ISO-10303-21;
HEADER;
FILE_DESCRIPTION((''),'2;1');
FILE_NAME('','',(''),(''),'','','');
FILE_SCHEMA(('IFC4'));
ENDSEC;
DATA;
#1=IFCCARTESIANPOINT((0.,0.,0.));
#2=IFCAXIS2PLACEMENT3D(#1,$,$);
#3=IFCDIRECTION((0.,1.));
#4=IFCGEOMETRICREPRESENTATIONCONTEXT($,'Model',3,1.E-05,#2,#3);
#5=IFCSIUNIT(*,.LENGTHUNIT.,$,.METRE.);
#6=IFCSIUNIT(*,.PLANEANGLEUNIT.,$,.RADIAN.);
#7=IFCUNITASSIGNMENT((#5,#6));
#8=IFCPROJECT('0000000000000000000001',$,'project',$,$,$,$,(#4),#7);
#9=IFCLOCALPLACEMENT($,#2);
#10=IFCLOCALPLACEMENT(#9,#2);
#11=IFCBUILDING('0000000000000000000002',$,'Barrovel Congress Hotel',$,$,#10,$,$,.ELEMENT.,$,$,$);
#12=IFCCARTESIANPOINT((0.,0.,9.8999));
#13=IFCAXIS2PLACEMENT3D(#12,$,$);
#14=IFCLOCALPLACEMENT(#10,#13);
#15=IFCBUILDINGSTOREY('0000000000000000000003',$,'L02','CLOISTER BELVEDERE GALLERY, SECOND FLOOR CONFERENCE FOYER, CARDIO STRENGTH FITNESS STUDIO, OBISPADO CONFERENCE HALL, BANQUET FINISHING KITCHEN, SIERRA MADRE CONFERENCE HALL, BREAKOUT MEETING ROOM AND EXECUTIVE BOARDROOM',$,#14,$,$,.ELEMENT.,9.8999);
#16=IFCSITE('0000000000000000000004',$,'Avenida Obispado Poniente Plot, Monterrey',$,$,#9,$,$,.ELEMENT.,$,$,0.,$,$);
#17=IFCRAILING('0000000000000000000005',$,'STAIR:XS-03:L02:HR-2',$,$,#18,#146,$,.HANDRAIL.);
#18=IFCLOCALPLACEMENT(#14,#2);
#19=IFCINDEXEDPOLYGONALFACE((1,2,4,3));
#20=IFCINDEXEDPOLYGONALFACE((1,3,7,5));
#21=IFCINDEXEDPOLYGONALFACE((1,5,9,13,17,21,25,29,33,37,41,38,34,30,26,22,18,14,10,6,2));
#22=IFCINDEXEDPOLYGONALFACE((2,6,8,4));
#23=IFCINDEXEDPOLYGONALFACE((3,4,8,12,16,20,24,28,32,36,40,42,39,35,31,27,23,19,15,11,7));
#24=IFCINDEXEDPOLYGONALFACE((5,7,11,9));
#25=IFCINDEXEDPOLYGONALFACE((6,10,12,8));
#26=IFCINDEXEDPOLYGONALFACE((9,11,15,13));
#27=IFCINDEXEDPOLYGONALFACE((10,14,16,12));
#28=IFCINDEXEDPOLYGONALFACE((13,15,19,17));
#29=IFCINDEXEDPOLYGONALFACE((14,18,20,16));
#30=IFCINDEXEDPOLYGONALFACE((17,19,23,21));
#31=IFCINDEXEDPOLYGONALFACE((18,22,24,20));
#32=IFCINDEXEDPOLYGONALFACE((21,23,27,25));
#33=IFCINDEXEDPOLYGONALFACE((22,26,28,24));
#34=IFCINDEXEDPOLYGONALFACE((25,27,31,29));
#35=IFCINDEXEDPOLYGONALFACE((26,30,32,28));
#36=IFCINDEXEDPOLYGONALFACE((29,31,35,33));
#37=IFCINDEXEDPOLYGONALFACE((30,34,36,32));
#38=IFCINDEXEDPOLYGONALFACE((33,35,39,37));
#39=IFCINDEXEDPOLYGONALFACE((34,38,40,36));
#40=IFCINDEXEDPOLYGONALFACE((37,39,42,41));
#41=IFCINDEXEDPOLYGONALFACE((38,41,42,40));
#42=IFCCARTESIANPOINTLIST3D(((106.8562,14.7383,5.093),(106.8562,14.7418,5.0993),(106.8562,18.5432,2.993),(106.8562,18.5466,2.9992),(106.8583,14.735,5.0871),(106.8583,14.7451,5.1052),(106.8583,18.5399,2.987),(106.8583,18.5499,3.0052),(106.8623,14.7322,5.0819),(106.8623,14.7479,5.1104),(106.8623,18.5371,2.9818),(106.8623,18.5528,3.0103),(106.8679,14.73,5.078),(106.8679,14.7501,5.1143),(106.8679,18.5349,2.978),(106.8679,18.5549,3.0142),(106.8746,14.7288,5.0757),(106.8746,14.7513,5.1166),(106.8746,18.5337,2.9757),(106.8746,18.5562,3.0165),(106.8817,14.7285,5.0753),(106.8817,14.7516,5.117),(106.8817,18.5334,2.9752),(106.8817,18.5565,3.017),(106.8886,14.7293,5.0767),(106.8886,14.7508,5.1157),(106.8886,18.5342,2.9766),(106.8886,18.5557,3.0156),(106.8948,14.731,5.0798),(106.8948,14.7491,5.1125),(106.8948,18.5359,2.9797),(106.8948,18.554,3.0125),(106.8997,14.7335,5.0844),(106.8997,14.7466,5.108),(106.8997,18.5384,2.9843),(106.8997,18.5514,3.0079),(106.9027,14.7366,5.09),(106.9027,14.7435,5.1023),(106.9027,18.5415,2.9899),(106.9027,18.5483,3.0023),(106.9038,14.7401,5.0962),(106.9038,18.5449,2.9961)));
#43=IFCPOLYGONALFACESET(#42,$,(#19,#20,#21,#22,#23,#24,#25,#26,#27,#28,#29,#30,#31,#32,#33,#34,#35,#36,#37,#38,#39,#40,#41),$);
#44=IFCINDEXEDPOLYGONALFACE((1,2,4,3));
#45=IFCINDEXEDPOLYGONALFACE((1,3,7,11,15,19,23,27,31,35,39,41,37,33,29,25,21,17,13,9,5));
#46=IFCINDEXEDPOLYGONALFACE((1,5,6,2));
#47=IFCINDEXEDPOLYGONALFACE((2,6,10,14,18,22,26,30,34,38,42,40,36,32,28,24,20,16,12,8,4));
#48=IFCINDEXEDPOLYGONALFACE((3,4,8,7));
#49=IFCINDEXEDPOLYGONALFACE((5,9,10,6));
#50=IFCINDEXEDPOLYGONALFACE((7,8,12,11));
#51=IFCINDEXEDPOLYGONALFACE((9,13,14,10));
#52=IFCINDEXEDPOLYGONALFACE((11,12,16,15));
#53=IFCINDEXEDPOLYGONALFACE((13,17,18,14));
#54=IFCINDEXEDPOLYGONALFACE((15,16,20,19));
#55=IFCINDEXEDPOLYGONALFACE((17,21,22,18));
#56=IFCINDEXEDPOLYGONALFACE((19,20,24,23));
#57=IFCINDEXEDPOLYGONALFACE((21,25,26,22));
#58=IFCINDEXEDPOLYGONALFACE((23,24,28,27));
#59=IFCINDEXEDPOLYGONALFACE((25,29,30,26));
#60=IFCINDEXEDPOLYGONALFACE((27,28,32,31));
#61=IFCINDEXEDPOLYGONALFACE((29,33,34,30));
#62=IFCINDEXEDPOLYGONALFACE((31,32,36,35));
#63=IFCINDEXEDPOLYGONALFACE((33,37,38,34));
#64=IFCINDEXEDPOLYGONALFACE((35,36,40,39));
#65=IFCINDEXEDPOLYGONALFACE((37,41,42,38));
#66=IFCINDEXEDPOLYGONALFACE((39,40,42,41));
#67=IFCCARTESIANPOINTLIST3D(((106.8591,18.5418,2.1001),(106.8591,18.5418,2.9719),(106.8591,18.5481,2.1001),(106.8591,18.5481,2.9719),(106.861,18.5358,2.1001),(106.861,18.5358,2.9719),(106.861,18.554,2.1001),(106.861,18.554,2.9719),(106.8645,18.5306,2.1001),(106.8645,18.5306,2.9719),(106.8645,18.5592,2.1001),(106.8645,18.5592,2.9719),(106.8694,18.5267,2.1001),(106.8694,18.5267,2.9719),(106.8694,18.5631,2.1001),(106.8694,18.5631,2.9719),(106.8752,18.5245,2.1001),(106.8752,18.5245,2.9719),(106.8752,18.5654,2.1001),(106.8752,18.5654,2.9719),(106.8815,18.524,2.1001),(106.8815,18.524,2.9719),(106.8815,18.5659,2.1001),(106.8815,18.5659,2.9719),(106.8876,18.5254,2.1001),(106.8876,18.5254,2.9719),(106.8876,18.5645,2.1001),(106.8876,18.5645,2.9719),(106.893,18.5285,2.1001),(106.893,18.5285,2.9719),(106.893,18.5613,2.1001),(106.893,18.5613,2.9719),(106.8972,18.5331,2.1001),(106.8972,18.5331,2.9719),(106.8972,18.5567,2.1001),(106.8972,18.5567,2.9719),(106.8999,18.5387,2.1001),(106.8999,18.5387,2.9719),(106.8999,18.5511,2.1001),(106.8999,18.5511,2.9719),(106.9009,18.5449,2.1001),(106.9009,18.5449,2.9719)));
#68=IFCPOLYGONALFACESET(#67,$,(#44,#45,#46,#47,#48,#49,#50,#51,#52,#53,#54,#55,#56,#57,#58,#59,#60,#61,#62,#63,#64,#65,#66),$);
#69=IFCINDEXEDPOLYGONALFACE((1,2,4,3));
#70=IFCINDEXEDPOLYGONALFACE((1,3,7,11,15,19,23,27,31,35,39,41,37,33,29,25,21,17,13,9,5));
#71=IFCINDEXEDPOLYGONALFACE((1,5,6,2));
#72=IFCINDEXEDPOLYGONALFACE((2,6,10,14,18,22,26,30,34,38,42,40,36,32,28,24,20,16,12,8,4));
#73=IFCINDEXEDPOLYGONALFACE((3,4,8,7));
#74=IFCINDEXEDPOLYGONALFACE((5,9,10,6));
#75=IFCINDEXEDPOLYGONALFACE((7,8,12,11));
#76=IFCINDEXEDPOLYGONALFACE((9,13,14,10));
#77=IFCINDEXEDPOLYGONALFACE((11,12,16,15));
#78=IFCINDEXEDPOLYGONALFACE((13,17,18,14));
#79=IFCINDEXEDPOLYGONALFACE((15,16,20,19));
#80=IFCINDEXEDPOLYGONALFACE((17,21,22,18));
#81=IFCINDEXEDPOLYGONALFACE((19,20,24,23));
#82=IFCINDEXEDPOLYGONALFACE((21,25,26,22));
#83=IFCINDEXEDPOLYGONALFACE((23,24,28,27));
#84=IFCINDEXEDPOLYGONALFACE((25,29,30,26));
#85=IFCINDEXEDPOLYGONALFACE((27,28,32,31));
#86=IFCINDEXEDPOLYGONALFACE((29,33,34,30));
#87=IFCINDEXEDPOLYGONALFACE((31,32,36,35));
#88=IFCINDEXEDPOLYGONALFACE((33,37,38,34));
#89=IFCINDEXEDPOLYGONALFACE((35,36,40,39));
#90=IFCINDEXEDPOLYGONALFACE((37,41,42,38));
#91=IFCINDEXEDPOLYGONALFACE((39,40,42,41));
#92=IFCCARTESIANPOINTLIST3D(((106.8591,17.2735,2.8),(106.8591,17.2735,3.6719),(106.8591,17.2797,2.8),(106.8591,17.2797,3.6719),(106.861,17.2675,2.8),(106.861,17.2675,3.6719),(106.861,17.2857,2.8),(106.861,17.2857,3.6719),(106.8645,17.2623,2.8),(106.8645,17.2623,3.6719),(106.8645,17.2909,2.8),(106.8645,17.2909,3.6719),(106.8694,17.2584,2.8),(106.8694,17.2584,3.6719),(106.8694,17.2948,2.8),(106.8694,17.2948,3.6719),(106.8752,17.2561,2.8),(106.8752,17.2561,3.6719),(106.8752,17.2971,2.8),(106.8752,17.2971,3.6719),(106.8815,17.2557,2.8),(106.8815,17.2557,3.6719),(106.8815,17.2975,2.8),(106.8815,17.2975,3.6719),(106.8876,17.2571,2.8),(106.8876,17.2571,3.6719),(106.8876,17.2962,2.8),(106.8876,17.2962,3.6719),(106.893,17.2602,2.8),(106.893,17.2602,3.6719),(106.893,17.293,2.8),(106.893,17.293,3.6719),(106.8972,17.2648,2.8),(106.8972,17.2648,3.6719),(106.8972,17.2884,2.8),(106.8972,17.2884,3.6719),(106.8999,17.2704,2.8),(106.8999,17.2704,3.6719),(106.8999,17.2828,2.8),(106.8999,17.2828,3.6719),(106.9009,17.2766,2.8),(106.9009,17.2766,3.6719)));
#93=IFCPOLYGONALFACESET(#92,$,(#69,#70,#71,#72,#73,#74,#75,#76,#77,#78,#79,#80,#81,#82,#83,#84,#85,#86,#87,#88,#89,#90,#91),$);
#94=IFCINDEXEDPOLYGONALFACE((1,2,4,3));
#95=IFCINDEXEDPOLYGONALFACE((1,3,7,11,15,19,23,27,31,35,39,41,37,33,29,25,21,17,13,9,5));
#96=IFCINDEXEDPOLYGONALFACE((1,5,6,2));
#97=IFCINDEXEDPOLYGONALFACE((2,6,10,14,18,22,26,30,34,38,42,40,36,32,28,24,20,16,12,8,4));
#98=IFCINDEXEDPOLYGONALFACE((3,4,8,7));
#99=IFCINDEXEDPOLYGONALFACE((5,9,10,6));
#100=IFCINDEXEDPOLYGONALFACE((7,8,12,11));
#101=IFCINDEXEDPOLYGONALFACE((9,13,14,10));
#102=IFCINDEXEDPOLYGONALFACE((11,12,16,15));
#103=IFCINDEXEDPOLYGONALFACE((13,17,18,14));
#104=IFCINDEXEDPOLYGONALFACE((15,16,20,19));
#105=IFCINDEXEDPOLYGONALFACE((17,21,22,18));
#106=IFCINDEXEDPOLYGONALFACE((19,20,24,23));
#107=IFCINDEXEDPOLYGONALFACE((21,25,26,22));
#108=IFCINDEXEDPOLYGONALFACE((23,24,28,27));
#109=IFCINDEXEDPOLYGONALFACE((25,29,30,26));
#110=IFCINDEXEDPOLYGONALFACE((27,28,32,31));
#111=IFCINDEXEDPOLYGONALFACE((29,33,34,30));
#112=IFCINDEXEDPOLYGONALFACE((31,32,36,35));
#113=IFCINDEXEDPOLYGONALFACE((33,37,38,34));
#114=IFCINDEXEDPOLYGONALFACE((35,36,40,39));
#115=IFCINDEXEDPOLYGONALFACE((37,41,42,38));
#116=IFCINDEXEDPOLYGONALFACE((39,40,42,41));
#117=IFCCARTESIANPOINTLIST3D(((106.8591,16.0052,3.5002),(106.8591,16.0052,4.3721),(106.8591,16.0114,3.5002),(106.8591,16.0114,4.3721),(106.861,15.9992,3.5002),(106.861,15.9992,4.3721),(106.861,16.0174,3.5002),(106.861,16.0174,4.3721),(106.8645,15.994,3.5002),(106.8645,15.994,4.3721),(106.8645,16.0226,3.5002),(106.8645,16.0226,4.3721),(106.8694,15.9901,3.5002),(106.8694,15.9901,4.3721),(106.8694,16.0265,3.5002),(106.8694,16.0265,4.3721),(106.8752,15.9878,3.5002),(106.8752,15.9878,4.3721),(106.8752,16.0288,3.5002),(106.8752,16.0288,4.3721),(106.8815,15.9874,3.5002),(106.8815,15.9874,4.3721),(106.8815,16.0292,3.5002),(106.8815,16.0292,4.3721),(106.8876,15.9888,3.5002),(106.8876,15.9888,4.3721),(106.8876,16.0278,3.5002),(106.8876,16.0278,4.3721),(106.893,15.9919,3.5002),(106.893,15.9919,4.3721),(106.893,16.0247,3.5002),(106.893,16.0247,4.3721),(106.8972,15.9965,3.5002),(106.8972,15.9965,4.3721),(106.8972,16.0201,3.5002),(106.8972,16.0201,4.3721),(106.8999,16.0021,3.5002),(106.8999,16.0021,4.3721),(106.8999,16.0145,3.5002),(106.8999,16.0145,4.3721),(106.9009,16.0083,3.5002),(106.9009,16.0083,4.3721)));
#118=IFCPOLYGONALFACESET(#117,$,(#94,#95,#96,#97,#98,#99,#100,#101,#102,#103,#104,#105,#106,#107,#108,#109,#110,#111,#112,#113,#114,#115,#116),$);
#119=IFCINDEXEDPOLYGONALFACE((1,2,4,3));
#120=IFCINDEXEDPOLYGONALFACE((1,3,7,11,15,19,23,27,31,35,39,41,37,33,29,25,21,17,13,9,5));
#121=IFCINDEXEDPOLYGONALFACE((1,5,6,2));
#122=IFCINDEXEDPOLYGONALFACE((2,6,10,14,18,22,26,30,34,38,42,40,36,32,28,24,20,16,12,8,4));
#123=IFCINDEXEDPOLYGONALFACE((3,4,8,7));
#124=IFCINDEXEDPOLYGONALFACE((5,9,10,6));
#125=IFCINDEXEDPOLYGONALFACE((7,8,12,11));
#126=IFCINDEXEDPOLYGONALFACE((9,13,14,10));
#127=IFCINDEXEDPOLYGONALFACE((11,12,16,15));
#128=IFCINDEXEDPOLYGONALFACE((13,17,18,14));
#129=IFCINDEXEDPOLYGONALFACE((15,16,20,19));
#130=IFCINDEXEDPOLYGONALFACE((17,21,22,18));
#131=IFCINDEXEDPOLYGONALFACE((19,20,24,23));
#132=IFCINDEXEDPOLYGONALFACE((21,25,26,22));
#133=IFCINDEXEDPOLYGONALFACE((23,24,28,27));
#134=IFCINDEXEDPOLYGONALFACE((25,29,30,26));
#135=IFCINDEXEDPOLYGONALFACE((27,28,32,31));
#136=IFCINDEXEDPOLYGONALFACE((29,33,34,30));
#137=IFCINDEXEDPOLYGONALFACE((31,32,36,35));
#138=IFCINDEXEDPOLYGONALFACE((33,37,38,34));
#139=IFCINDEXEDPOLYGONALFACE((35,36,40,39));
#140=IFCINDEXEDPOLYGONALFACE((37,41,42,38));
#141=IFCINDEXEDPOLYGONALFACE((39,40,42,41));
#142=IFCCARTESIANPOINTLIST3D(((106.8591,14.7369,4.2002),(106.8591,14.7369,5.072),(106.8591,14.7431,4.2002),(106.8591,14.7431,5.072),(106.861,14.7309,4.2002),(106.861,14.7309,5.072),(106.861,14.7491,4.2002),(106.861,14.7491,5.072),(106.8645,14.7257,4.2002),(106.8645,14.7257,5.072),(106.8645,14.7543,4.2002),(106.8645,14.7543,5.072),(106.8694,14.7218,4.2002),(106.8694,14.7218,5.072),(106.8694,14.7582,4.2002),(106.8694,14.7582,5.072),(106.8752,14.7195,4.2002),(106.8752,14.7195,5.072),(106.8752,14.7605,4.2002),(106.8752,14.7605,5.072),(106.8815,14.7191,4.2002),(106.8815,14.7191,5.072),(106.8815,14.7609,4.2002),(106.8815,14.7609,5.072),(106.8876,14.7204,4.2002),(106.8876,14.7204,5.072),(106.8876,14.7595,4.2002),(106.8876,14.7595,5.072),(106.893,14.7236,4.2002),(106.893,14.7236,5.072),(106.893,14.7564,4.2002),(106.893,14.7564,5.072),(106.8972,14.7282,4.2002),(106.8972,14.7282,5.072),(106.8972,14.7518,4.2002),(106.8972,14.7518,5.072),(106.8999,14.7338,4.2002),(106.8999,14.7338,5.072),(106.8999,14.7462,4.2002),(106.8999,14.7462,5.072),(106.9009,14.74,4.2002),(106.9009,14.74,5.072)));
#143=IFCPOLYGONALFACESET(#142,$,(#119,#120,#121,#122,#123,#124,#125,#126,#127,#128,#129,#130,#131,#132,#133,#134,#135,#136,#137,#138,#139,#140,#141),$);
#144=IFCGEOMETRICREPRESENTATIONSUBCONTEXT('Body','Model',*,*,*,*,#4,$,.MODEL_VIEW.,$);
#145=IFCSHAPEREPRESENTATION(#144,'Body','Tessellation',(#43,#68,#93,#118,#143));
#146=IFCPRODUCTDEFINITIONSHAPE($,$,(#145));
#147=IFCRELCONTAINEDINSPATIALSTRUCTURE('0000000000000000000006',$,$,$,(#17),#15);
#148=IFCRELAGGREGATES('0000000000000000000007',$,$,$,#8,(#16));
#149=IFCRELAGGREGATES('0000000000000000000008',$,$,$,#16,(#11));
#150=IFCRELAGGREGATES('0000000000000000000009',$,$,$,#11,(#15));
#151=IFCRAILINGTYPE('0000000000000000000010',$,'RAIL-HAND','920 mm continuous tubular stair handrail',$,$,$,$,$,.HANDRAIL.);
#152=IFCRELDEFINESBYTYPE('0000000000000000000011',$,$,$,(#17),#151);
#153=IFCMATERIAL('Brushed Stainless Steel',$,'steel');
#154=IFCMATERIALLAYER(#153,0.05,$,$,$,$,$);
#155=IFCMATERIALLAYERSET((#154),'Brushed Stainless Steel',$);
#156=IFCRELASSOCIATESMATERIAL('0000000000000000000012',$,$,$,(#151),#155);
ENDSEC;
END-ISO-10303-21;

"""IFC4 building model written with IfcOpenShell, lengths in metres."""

from ifc_helpers import new_model, si_unit, direction, frame, origin, origin_2d, place, context, subcontext, project, spatial, circle, extrude, material, layer, layer_set, type_object, element, save


model = new_model("IFC4")

# Units and contexts
model_context = context("Model", 3, precision=1e-05, world=origin(), true_north=direction((0.0, 1.0)))
body_context = subcontext(model_context, "Body", "Model", "MODEL_VIEW")
ifc_project = project(units=[si_unit("LENGTHUNIT", "METRE"), si_unit("PLANEANGLEUNIT", "RADIAN")], contexts=[model_context])

# Site, building, storey
site_placement = place(None, origin())
site = spatial("IfcSite", under=ifc_project, at=site_placement, Name="Avenida Obispado Poniente Plot, Monterrey", CompositionType="ELEMENT", RefElevation=0.0)
building_placement = place(site_placement, origin())
building = spatial("IfcBuilding", under=site, at=building_placement, Name="Barrovel Congress Hotel", CompositionType="ELEMENT")
storey_placement = place(building_placement, frame((0.0, 0.0, 9.8999)))
storey = spatial("IfcBuildingStorey", under=building, at=storey_placement, Name="L02", Description="CLOISTER BELVEDERE GALLERY, SECOND FLOOR CONFERENCE FOYER, CARDIO STRENGTH FITNESS STUDIO, OBISPADO CONFERENCE HALL, BANQUET FINISHING KITCHEN, SIERRA MADRE CONFERENCE HALL, BREAKOUT MEETING ROOM AND EXECUTIVE BOARDROOM", CompositionType="ELEMENT", Elevation=9.8999)

# Railing
ifc_material_1 = material(Name="Brushed Stainless Steel", Category="steel")
ifc_layer_1 = layer(ifc_material_1, 0.05)
ifc_layer_set_1 = layer_set([ifc_layer_1], Name="Brushed Stainless Steel")
railing_type_1 = type_object("IfcRailingType", Name="RAIL-HAND", Description="920 mm continuous tubular stair handrail", PredefinedType="HANDRAIL", material=ifc_layer_set_1)
railing_1_placement = place(storey_placement, frame((106.8799, 18.5449, 2.1001)))
element("IfcRailing", 1, at=railing_1_placement, inside=storey, type_object=railing_type_1, Name="STAIR:XS-03:L02:HR-2", PredefinedType="HANDRAIL", context=body_context, shape_type="SweptSolid", body=[
    extrude(circle(Radius=0.0239, at=origin_2d()), frame((0.0, 0.0, 0.896), z_axis=(0.0, -0.875497, 0.483223), x_axis=(1.0, 0.0, 0.0)), (0.0, 0.0, 1.0), 4.3459),
    extrude(circle(Radius=0.021, at=origin_2d()), origin(), (0.0, 0.0, 1.0), 0.8718),
    extrude(circle(Radius=0.021, at=origin_2d()), frame((0.0, -1.2683, 0.7)), (0.0, 0.0, 1.0), 0.8718),
    extrude(circle(Radius=0.021, at=origin_2d()), frame((0.0, -2.5366, 1.4001)), (0.0, 0.0, 1.0), 0.8718),
    extrude(circle(Radius=0.021, at=origin_2d()), frame((0.0, -3.8049, 2.1001)), (0.0, 0.0, 1.0), 0.8718),
])

save(model, "model.ifc")
